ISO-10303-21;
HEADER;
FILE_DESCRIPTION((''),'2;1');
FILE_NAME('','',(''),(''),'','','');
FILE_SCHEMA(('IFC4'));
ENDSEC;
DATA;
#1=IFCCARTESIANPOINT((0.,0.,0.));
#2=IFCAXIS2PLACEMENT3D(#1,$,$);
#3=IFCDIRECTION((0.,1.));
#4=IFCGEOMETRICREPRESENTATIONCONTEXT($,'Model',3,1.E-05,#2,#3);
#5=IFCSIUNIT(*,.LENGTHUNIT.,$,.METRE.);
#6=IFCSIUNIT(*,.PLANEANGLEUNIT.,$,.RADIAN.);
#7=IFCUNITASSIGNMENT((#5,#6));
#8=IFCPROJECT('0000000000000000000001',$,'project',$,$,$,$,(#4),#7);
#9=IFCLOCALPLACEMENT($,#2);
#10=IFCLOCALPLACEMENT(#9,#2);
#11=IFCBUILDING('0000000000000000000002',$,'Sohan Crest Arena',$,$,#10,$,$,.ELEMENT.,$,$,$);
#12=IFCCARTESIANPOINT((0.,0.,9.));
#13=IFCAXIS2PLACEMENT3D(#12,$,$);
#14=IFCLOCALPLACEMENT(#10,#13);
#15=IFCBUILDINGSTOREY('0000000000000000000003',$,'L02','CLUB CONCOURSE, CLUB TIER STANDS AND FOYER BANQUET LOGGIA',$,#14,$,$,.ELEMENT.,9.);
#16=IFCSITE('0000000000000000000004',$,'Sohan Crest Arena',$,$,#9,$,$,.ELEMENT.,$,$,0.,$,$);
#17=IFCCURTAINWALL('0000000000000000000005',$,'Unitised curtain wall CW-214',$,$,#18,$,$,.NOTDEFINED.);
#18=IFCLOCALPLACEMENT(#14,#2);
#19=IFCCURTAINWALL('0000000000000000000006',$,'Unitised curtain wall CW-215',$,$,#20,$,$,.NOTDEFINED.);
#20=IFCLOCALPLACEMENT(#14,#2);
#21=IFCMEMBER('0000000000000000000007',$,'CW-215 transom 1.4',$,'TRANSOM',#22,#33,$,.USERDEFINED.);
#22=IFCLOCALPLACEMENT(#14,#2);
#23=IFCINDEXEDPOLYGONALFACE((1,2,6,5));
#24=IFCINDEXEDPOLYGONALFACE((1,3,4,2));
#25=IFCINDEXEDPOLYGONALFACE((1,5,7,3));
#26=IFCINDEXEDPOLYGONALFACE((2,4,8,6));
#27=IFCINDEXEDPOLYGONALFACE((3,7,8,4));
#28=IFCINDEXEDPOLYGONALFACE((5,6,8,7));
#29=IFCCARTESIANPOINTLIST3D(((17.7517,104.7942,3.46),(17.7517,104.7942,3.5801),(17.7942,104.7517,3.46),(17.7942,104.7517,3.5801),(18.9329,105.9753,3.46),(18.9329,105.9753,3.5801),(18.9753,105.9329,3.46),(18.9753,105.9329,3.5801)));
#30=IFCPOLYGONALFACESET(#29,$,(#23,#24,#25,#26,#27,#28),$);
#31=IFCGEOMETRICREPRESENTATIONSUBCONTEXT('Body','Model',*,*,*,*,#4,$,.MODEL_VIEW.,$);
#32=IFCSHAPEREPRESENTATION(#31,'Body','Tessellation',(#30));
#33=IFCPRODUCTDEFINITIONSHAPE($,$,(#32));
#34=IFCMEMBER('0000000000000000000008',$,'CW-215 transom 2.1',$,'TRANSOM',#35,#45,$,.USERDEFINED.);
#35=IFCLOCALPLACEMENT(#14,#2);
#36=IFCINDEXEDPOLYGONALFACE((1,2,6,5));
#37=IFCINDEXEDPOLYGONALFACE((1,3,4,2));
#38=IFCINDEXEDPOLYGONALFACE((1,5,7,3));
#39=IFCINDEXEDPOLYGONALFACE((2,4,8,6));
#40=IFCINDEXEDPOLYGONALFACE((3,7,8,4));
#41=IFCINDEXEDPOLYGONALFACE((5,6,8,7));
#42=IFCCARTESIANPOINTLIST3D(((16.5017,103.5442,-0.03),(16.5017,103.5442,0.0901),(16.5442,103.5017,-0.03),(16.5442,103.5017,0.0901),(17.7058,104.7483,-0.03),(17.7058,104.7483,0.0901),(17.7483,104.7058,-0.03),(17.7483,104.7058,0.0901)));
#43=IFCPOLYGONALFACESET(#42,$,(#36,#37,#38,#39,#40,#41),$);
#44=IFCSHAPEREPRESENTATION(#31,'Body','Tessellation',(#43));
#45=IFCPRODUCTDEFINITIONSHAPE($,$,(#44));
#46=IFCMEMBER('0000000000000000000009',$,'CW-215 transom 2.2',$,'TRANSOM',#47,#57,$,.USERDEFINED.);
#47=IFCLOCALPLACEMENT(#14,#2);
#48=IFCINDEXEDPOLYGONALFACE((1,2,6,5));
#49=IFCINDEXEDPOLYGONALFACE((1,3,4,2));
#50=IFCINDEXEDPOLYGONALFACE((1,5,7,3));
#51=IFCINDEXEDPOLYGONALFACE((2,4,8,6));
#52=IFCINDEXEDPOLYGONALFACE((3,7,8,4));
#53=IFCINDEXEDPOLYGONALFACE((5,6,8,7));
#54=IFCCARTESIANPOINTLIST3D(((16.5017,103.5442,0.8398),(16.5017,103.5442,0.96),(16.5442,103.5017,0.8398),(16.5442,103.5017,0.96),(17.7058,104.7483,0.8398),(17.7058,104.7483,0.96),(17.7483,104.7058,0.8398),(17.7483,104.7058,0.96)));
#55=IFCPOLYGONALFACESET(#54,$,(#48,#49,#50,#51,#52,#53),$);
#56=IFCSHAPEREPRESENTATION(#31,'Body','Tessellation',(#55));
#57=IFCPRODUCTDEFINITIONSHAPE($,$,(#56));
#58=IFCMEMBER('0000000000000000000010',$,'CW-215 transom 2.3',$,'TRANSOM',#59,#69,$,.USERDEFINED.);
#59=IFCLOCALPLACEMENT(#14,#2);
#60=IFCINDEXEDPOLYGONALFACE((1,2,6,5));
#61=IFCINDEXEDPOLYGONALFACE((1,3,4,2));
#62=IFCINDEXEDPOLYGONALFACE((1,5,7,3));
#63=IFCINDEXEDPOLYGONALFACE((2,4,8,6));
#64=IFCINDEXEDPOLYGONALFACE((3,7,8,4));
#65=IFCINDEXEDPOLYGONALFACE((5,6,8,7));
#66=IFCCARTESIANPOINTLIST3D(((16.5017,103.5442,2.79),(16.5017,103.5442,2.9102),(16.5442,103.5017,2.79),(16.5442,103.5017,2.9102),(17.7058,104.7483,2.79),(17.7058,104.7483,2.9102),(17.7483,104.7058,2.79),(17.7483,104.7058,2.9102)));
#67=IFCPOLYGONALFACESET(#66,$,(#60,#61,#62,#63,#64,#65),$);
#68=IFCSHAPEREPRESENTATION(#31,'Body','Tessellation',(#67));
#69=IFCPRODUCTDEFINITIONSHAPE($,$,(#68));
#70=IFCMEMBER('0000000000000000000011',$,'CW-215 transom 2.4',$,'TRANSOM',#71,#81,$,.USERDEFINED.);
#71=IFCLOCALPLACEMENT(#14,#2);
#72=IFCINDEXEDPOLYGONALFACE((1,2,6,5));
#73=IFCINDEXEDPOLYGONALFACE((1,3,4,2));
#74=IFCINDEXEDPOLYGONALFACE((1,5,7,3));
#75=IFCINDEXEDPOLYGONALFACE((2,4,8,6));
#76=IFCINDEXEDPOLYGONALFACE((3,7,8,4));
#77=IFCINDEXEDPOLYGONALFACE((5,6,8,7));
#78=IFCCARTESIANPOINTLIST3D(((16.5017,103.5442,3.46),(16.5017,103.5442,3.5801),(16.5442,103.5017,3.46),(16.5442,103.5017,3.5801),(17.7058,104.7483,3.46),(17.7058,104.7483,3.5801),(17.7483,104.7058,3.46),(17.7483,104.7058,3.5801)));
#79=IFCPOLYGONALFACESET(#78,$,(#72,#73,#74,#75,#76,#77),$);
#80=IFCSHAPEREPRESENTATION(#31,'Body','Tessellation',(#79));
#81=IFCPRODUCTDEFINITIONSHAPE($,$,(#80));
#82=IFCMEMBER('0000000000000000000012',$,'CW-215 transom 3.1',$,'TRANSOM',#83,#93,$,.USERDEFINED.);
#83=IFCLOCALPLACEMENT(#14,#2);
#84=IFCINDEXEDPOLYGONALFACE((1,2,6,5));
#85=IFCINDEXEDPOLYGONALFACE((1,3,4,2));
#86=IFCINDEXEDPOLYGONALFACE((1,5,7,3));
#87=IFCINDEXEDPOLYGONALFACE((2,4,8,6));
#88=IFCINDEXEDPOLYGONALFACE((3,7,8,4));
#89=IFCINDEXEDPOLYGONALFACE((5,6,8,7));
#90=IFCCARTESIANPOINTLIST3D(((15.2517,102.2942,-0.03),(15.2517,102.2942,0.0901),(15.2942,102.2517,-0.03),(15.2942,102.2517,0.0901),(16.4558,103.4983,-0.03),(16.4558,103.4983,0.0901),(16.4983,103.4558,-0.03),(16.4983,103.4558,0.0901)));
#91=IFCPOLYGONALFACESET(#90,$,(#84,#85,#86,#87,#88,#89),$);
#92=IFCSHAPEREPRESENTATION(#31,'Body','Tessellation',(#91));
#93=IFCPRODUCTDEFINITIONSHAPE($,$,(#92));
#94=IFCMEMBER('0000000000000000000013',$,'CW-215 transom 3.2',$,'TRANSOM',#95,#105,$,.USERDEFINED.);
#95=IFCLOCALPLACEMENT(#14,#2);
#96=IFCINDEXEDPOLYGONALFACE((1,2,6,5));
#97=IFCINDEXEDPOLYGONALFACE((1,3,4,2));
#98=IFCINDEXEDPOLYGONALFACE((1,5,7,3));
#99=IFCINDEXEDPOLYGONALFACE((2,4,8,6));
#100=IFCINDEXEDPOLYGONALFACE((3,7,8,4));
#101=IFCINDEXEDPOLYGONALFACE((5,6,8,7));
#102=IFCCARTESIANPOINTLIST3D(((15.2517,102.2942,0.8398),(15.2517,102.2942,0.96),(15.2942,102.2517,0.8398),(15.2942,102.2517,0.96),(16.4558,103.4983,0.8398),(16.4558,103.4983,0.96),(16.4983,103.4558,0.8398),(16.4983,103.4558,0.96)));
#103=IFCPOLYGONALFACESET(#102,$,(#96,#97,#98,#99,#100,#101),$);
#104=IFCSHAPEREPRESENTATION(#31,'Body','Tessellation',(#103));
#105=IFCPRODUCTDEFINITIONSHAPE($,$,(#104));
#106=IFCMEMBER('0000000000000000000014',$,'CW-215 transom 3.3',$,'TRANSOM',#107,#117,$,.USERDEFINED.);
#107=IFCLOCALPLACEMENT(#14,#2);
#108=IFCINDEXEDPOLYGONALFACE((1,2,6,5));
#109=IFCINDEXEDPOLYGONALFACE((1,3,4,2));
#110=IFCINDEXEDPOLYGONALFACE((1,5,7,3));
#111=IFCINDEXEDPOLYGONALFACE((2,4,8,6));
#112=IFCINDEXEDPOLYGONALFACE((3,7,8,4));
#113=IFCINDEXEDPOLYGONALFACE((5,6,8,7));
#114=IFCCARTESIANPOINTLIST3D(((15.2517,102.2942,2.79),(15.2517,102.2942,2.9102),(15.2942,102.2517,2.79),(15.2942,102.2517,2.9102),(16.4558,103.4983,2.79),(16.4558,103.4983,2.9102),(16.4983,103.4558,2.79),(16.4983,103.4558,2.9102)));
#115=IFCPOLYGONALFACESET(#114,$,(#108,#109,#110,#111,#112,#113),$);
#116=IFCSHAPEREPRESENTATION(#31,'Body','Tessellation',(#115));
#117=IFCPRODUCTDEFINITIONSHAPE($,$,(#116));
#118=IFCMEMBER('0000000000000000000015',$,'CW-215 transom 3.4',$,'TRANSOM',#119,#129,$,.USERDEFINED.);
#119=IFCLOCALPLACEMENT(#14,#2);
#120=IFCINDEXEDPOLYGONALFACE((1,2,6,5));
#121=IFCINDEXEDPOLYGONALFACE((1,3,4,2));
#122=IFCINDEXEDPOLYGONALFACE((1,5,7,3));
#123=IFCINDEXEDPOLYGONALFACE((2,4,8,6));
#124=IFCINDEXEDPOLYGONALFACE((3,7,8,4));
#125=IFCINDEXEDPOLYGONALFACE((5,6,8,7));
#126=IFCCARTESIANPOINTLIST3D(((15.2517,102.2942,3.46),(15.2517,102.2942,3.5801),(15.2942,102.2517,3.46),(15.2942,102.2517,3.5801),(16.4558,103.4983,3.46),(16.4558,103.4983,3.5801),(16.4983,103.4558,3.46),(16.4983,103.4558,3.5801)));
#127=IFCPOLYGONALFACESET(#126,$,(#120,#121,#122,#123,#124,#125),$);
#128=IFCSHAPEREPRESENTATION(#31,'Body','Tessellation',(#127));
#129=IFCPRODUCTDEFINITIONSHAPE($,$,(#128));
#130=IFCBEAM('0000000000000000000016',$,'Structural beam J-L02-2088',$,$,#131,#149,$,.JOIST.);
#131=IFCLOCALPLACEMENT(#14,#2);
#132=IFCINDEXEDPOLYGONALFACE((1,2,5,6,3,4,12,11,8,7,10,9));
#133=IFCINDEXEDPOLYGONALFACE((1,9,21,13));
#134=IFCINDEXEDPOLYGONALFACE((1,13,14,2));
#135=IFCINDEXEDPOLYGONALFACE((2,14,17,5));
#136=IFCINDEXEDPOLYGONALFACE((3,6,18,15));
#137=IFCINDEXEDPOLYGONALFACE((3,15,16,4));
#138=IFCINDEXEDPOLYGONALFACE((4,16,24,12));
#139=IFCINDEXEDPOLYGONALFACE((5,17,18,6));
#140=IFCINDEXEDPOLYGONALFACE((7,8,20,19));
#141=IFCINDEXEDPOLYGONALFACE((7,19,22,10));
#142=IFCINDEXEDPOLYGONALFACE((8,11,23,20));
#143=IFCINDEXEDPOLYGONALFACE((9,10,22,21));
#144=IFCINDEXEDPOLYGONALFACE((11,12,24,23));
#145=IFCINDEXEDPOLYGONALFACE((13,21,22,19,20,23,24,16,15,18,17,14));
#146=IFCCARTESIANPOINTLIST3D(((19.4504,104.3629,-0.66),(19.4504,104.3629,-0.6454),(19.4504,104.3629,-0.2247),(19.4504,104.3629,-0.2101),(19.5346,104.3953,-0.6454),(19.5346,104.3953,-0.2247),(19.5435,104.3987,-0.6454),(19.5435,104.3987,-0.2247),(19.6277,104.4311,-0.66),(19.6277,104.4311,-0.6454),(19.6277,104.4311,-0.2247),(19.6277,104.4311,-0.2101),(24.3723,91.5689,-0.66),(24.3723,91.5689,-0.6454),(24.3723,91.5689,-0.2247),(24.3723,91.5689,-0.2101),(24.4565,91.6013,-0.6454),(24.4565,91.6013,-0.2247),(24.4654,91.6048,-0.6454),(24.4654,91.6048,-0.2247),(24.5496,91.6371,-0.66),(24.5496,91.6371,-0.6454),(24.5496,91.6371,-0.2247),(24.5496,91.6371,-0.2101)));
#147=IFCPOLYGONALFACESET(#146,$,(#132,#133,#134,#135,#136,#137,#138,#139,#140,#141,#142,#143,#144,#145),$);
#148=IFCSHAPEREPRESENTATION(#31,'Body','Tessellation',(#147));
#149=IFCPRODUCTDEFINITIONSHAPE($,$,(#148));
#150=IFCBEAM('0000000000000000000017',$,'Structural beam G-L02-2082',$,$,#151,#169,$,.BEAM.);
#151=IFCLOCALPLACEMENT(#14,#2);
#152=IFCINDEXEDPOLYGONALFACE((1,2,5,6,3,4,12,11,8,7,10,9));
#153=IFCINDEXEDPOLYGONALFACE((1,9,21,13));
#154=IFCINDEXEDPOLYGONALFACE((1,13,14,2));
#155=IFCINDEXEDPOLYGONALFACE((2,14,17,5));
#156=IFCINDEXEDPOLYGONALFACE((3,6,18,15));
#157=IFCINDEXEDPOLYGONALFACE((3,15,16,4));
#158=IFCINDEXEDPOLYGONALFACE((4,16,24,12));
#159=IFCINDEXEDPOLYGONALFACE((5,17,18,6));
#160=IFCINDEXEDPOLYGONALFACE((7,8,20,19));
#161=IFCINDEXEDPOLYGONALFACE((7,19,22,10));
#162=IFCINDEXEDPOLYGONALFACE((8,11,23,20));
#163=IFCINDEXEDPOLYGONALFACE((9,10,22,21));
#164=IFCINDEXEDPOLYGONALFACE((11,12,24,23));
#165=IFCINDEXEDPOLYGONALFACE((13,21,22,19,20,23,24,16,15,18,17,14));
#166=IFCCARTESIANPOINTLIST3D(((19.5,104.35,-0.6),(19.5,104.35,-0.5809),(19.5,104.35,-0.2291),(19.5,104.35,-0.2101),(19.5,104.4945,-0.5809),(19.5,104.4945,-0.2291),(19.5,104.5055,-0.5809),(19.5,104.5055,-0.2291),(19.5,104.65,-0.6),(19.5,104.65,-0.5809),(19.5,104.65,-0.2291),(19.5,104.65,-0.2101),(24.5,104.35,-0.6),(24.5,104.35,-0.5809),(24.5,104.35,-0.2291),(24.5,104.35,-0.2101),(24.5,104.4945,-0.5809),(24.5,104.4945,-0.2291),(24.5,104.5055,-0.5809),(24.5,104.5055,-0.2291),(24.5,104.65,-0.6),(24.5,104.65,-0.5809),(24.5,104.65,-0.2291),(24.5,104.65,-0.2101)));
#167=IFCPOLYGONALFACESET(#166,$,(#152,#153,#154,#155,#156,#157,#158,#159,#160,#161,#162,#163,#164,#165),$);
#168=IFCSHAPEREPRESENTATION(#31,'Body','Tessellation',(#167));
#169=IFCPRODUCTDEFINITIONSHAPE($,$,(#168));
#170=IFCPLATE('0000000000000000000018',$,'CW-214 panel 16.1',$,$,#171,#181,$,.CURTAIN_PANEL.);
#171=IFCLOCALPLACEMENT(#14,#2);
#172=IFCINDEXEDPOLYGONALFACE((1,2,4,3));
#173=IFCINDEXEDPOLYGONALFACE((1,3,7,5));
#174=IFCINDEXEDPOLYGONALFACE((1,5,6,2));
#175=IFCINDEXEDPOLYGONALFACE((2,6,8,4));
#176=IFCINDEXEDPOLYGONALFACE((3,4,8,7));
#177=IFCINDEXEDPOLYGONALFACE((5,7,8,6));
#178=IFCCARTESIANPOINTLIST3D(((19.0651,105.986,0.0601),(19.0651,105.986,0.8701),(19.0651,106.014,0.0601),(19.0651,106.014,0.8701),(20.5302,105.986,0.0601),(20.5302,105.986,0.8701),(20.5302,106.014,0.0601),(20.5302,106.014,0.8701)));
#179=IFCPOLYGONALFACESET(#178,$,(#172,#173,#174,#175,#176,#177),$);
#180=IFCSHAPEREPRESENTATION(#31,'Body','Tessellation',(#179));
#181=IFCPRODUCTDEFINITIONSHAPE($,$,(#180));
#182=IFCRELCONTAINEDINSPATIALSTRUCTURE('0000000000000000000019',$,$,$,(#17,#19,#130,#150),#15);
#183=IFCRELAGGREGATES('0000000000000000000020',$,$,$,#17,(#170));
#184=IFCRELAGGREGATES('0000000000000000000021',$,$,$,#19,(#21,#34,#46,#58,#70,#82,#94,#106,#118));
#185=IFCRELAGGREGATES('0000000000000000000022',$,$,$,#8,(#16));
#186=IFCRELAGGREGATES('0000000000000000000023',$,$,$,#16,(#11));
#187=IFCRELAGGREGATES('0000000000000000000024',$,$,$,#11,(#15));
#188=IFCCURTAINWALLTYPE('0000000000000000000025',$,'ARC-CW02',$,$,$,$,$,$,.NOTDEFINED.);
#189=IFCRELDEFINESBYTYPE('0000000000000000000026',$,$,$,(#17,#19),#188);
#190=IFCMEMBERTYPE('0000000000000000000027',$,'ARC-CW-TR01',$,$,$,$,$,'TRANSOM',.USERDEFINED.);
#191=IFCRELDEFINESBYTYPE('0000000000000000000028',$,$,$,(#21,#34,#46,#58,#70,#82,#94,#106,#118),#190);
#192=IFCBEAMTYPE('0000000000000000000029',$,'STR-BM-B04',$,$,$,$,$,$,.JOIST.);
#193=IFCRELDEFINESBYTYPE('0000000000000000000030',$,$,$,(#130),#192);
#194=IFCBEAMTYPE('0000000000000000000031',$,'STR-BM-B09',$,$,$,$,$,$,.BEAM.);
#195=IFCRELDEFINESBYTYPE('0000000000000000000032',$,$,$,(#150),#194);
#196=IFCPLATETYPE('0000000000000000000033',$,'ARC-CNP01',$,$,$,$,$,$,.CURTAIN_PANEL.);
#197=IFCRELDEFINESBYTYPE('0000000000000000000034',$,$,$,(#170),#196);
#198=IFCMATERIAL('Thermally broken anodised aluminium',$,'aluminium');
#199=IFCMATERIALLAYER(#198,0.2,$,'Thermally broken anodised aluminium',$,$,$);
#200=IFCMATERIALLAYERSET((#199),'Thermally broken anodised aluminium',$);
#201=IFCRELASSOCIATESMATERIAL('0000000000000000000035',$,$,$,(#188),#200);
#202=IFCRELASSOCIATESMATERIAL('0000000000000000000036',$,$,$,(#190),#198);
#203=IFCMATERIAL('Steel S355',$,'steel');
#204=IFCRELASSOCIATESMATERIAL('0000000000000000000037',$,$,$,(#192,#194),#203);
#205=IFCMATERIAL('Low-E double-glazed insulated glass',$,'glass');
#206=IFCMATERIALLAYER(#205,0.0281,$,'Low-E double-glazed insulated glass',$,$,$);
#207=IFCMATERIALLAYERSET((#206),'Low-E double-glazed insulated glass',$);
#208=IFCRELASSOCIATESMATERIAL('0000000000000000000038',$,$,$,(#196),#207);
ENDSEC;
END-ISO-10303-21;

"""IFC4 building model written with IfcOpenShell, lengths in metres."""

from ifc_helpers import new_model, si_unit, direction, frame, origin, origin_2d, place, context, subcontext, project, spatial, rectangle, i_section, extrude, material, layer, layer_set, material_profile, profile_set, type_object, element, aggregate, save


model = new_model("IFC4")

# Units and contexts
model_context = context("Model", 3, precision=1e-05, world=origin(), true_north=direction((0.0, 1.0)))
body_context = subcontext(model_context, "Body", "Model", "MODEL_VIEW")
ifc_project = project(units=[si_unit("LENGTHUNIT", "METRE"), si_unit("PLANEANGLEUNIT", "RADIAN")], contexts=[model_context])

# Site, building, storey
site_placement = place(None, origin())
site = spatial("IfcSite", under=ifc_project, at=site_placement, Name="Sohan Crest Arena", CompositionType="ELEMENT", RefElevation=0.0)
building_placement = place(site_placement, origin())
building = spatial("IfcBuilding", under=site, at=building_placement, Name="Sohan Crest Arena", CompositionType="ELEMENT")
storey_placement = place(building_placement, frame((0.0, 0.0, 9.0)))
storey = spatial("IfcBuildingStorey", under=building, at=storey_placement, Name="L02", Description="CLUB CONCOURSE, CLUB TIER STANDS AND FOYER BANQUET LOGGIA", CompositionType="ELEMENT", Elevation=9.0)

# Curtain wall
ifc_material_1 = material(Name="Thermally broken anodised aluminium", Category="aluminium")
ifc_layer_1 = layer(ifc_material_1, 0.2, Name="Thermally broken anodised aluminium")
ifc_layer_set_1 = layer_set([ifc_layer_1], Name="Thermally broken anodised aluminium")
curtain_wall_type = type_object("IfcCurtainWallType", Name="ARC-CW02", PredefinedType="NOTDEFINED", material=ifc_layer_set_1)
curtain_wall_1_placement = place(storey_placement, origin())
curtain_wall_1 = element("IfcCurtainWall", 1, at=curtain_wall_1_placement, inside=storey, type_object=curtain_wall_type, Name="Unitised curtain wall CW-214", PredefinedType="NOTDEFINED")

# Curtain wall
curtain_wall_2_placement = place(storey_placement, origin())
curtain_wall_2 = element("IfcCurtainWall", 2, at=curtain_wall_2_placement, inside=storey, type_object=curtain_wall_type, Name="Unitised curtain wall CW-215", PredefinedType="NOTDEFINED")

# Members
ifc_material_profile_1 = material_profile(ifc_material_1, rectangle(XDim=0.0601, YDim=0.1201, at=origin_2d()), Name="ALU-TRAN 60x120")
ifc_profile_set_1 = profile_set([ifc_material_profile_1], Name="Thermally broken anodised aluminium")
member_type_1 = type_object("IfcMemberType", Name="ARC-CW-TR01", ElementType="TRANSOM", PredefinedType="USERDEFINED", material=ifc_profile_set_1)
member_1_placement = place(storey_placement, frame((18.9541, 105.9541, 3.52), z_axis=(-0.707107, -0.707107, 0.0), x_axis=(0.707107, -0.707107, 0.0)))
member_1 = element("IfcMember", 3, at=member_1_placement, type_object=member_type_1, Name="CW-215 transom 1.4", ObjectType="TRANSOM", PredefinedType="USERDEFINED", context=body_context, shape_type="SweptSolid", body=[
    extrude(rectangle(XDim=0.0601, YDim=0.1201, at=origin_2d()), origin(), (0.0, 0.0, 1.0), 1.6704),
])
member_2_placement = place(storey_placement, frame((17.7271, 104.7271, 0.03), z_axis=(-0.707107, -0.707107, 0.0), x_axis=(0.707107, -0.707107, 0.0)))
member_2 = element("IfcMember", 4, at=member_2_placement, type_object=member_type_1, Name="CW-215 transom 2.1", ObjectType="TRANSOM", PredefinedType="USERDEFINED", context=body_context, shape_type="SweptSolid", body=[
    extrude(rectangle(XDim=0.0601, YDim=0.1201, at=origin_2d()), origin(), (0.0, 0.0, 1.0), 1.7029),
])
member_3_placement = place(storey_placement, frame((17.7271, 104.7271, 0.8999), z_axis=(-0.707107, -0.707107, 0.0), x_axis=(0.707107, -0.707107, 0.0)))
member_3 = element("IfcMember", 5, at=member_3_placement, type_object=member_type_1, Name="CW-215 transom 2.2", ObjectType="TRANSOM", PredefinedType="USERDEFINED", context=body_context, shape_type="SweptSolid", body=[
    extrude(rectangle(XDim=0.0601, YDim=0.1201, at=origin_2d()), origin(), (0.0, 0.0, 1.0), 1.7029),
])
member_4_placement = place(storey_placement, frame((17.7271, 104.7271, 2.8501), z_axis=(-0.707107, -0.707107, 0.0), x_axis=(0.707107, -0.707107, 0.0)))
member_4 = element("IfcMember", 6, at=member_4_placement, type_object=member_type_1, Name="CW-215 transom 2.3", ObjectType="TRANSOM", PredefinedType="USERDEFINED", context=body_context, shape_type="SweptSolid", body=[
    extrude(rectangle(XDim=0.0601, YDim=0.1201, at=origin_2d()), origin(), (0.0, 0.0, 1.0), 1.7029),
])
member_5_placement = place(storey_placement, frame((17.7271, 104.7271, 3.52), z_axis=(-0.707107, -0.707107, 0.0), x_axis=(0.707107, -0.707107, 0.0)))
member_5 = element("IfcMember", 7, at=member_5_placement, type_object=member_type_1, Name="CW-215 transom 2.4", ObjectType="TRANSOM", PredefinedType="USERDEFINED", context=body_context, shape_type="SweptSolid", body=[
    extrude(rectangle(XDim=0.0601, YDim=0.1201, at=origin_2d()), origin(), (0.0, 0.0, 1.0), 1.7029),
])
member_6_placement = place(storey_placement, frame((16.4771, 103.4771, 0.03), z_axis=(-0.707107, -0.707107, 0.0), x_axis=(0.707107, -0.707107, 0.0)))
member_6 = element("IfcMember", 8, at=member_6_placement, type_object=member_type_1, Name="CW-215 transom 3.1", ObjectType="TRANSOM", PredefinedType="USERDEFINED", context=body_context, shape_type="SweptSolid", body=[
    extrude(rectangle(XDim=0.0601, YDim=0.1201, at=origin_2d()), origin(), (0.0, 0.0, 1.0), 1.7029),
])
member_7_placement = place(storey_placement, frame((16.4771, 103.4771, 0.8999), z_axis=(-0.707107, -0.707107, 0.0), x_axis=(0.707107, -0.707107, 0.0)))
member_7 = element("IfcMember", 9, at=member_7_placement, type_object=member_type_1, Name="CW-215 transom 3.2", ObjectType="TRANSOM", PredefinedType="USERDEFINED", context=body_context, shape_type="SweptSolid", body=[
    extrude(rectangle(XDim=0.0601, YDim=0.1201, at=origin_2d()), origin(), (0.0, 0.0, 1.0), 1.7029),
])
member_8_placement = place(storey_placement, frame((16.4771, 103.4771, 2.8501), z_axis=(-0.707107, -0.707107, 0.0), x_axis=(0.707107, -0.707107, 0.0)))
member_8 = element("IfcMember", 10, at=member_8_placement, type_object=member_type_1, Name="CW-215 transom 3.3", ObjectType="TRANSOM", PredefinedType="USERDEFINED", context=body_context, shape_type="SweptSolid", body=[
    extrude(rectangle(XDim=0.0601, YDim=0.1201, at=origin_2d()), origin(), (0.0, 0.0, 1.0), 1.7029),
])
member_9_placement = place(storey_placement, frame((16.4771, 103.4771, 3.52), z_axis=(-0.707107, -0.707107, 0.0), x_axis=(0.707107, -0.707107, 0.0)))
member_9 = element("IfcMember", 11, at=member_9_placement, type_object=member_type_1, Name="CW-215 transom 3.4", ObjectType="TRANSOM", PredefinedType="USERDEFINED", context=body_context, shape_type="SweptSolid", body=[
    extrude(rectangle(XDim=0.0601, YDim=0.1201, at=origin_2d()), origin(), (0.0, 0.0, 1.0), 1.7029),
])

# Beams
ifc_material_2 = material(Name="Steel S355", Category="steel")
ifc_material_profile_2 = material_profile(ifc_material_2, i_section(OverallWidth=0.1899, OverallDepth=0.45, WebThickness=0.0095, FlangeThickness=0.0146, at=origin_2d()), Name="IPE 450")
ifc_profile_set_2 = profile_set([ifc_material_profile_2], Name="Steel S355")
beam_type_1 = type_object("IfcBeamType", Name="STR-BM-B04", PredefinedType="JOIST", material=ifc_profile_set_2)
beam_1_placement = place(storey_placement, frame((19.5391, 104.397, -0.4351), z_axis=(0.359051, -0.933318, 0.0), x_axis=(0.933318, 0.359051, 0.0)))
element("IfcBeam", 12, at=beam_1_placement, inside=storey, type_object=beam_type_1, Name="Structural beam J-L02-2088", PredefinedType="JOIST", context=body_context, shape_type="SweptSolid", body=[
    extrude(i_section(OverallWidth=0.1899, OverallDepth=0.45, WebThickness=0.0095, FlangeThickness=0.0146, at=origin_2d()), origin(), (0.0, 0.0, 1.0), 13.708),
])
ifc_material_profile_3 = material_profile(ifc_material_2, i_section(OverallWidth=0.3, OverallDepth=0.3899, WebThickness=0.011, FlangeThickness=0.019, at=origin_2d()), Name="HEA 400")
ifc_profile_set_3 = profile_set([ifc_material_profile_3], Name="Steel S355")
beam_type_2 = type_object("IfcBeamType", Name="STR-BM-B09", PredefinedType="BEAM", material=ifc_profile_set_3)
beam_2_placement = place(storey_placement, frame((19.5, 104.5, -0.405), z_axis=(1.0, 0.0, 0.0), x_axis=(0.0, 1.0, 0.0)))
element("IfcBeam", 13, at=beam_2_placement, inside=storey, type_object=beam_type_2, Name="Structural beam G-L02-2082", PredefinedType="BEAM", context=body_context, shape_type="SweptSolid", body=[
    extrude(i_section(OverallWidth=0.3, OverallDepth=0.3899, WebThickness=0.011, FlangeThickness=0.019, at=origin_2d()), origin(), (0.0, 0.0, 1.0), 5.0),
])

# Plate
ifc_material_3 = material(Name="Low-E double-glazed insulated glass", Category="glass")
ifc_layer_2 = layer(ifc_material_3, 0.0281, Name="Low-E double-glazed insulated glass")
ifc_layer_set_2 = layer_set([ifc_layer_2], Name="Low-E double-glazed insulated glass")
plate_type = type_object("IfcPlateType", Name="ARC-CNP01", PredefinedType="CURTAIN_PANEL", material=ifc_layer_set_2)
plate_1_placement = place(storey_placement, frame((19.7976, 106.0, 0.0601), z_axis=(0.0, 0.0, 1.0), x_axis=(-1.0, 0.0, 0.0)))
plate_1 = element("IfcPlate", 14, at=plate_1_placement, type_object=plate_type, Name="CW-214 panel 16.1", PredefinedType="CURTAIN_PANEL", context=body_context, shape_type="SweptSolid", body=[
    extrude(rectangle(XDim=1.4651, YDim=0.0281, at=origin_2d()), origin(), (0.0, 0.0, 1.0), 0.8101),
])
aggregate(curtain_wall_1, [plate_1])
aggregate(curtain_wall_2, [member_1, member_2, member_3, member_4, member_5, member_6, member_7, member_8, member_9])

save(model, "model.ifc")
